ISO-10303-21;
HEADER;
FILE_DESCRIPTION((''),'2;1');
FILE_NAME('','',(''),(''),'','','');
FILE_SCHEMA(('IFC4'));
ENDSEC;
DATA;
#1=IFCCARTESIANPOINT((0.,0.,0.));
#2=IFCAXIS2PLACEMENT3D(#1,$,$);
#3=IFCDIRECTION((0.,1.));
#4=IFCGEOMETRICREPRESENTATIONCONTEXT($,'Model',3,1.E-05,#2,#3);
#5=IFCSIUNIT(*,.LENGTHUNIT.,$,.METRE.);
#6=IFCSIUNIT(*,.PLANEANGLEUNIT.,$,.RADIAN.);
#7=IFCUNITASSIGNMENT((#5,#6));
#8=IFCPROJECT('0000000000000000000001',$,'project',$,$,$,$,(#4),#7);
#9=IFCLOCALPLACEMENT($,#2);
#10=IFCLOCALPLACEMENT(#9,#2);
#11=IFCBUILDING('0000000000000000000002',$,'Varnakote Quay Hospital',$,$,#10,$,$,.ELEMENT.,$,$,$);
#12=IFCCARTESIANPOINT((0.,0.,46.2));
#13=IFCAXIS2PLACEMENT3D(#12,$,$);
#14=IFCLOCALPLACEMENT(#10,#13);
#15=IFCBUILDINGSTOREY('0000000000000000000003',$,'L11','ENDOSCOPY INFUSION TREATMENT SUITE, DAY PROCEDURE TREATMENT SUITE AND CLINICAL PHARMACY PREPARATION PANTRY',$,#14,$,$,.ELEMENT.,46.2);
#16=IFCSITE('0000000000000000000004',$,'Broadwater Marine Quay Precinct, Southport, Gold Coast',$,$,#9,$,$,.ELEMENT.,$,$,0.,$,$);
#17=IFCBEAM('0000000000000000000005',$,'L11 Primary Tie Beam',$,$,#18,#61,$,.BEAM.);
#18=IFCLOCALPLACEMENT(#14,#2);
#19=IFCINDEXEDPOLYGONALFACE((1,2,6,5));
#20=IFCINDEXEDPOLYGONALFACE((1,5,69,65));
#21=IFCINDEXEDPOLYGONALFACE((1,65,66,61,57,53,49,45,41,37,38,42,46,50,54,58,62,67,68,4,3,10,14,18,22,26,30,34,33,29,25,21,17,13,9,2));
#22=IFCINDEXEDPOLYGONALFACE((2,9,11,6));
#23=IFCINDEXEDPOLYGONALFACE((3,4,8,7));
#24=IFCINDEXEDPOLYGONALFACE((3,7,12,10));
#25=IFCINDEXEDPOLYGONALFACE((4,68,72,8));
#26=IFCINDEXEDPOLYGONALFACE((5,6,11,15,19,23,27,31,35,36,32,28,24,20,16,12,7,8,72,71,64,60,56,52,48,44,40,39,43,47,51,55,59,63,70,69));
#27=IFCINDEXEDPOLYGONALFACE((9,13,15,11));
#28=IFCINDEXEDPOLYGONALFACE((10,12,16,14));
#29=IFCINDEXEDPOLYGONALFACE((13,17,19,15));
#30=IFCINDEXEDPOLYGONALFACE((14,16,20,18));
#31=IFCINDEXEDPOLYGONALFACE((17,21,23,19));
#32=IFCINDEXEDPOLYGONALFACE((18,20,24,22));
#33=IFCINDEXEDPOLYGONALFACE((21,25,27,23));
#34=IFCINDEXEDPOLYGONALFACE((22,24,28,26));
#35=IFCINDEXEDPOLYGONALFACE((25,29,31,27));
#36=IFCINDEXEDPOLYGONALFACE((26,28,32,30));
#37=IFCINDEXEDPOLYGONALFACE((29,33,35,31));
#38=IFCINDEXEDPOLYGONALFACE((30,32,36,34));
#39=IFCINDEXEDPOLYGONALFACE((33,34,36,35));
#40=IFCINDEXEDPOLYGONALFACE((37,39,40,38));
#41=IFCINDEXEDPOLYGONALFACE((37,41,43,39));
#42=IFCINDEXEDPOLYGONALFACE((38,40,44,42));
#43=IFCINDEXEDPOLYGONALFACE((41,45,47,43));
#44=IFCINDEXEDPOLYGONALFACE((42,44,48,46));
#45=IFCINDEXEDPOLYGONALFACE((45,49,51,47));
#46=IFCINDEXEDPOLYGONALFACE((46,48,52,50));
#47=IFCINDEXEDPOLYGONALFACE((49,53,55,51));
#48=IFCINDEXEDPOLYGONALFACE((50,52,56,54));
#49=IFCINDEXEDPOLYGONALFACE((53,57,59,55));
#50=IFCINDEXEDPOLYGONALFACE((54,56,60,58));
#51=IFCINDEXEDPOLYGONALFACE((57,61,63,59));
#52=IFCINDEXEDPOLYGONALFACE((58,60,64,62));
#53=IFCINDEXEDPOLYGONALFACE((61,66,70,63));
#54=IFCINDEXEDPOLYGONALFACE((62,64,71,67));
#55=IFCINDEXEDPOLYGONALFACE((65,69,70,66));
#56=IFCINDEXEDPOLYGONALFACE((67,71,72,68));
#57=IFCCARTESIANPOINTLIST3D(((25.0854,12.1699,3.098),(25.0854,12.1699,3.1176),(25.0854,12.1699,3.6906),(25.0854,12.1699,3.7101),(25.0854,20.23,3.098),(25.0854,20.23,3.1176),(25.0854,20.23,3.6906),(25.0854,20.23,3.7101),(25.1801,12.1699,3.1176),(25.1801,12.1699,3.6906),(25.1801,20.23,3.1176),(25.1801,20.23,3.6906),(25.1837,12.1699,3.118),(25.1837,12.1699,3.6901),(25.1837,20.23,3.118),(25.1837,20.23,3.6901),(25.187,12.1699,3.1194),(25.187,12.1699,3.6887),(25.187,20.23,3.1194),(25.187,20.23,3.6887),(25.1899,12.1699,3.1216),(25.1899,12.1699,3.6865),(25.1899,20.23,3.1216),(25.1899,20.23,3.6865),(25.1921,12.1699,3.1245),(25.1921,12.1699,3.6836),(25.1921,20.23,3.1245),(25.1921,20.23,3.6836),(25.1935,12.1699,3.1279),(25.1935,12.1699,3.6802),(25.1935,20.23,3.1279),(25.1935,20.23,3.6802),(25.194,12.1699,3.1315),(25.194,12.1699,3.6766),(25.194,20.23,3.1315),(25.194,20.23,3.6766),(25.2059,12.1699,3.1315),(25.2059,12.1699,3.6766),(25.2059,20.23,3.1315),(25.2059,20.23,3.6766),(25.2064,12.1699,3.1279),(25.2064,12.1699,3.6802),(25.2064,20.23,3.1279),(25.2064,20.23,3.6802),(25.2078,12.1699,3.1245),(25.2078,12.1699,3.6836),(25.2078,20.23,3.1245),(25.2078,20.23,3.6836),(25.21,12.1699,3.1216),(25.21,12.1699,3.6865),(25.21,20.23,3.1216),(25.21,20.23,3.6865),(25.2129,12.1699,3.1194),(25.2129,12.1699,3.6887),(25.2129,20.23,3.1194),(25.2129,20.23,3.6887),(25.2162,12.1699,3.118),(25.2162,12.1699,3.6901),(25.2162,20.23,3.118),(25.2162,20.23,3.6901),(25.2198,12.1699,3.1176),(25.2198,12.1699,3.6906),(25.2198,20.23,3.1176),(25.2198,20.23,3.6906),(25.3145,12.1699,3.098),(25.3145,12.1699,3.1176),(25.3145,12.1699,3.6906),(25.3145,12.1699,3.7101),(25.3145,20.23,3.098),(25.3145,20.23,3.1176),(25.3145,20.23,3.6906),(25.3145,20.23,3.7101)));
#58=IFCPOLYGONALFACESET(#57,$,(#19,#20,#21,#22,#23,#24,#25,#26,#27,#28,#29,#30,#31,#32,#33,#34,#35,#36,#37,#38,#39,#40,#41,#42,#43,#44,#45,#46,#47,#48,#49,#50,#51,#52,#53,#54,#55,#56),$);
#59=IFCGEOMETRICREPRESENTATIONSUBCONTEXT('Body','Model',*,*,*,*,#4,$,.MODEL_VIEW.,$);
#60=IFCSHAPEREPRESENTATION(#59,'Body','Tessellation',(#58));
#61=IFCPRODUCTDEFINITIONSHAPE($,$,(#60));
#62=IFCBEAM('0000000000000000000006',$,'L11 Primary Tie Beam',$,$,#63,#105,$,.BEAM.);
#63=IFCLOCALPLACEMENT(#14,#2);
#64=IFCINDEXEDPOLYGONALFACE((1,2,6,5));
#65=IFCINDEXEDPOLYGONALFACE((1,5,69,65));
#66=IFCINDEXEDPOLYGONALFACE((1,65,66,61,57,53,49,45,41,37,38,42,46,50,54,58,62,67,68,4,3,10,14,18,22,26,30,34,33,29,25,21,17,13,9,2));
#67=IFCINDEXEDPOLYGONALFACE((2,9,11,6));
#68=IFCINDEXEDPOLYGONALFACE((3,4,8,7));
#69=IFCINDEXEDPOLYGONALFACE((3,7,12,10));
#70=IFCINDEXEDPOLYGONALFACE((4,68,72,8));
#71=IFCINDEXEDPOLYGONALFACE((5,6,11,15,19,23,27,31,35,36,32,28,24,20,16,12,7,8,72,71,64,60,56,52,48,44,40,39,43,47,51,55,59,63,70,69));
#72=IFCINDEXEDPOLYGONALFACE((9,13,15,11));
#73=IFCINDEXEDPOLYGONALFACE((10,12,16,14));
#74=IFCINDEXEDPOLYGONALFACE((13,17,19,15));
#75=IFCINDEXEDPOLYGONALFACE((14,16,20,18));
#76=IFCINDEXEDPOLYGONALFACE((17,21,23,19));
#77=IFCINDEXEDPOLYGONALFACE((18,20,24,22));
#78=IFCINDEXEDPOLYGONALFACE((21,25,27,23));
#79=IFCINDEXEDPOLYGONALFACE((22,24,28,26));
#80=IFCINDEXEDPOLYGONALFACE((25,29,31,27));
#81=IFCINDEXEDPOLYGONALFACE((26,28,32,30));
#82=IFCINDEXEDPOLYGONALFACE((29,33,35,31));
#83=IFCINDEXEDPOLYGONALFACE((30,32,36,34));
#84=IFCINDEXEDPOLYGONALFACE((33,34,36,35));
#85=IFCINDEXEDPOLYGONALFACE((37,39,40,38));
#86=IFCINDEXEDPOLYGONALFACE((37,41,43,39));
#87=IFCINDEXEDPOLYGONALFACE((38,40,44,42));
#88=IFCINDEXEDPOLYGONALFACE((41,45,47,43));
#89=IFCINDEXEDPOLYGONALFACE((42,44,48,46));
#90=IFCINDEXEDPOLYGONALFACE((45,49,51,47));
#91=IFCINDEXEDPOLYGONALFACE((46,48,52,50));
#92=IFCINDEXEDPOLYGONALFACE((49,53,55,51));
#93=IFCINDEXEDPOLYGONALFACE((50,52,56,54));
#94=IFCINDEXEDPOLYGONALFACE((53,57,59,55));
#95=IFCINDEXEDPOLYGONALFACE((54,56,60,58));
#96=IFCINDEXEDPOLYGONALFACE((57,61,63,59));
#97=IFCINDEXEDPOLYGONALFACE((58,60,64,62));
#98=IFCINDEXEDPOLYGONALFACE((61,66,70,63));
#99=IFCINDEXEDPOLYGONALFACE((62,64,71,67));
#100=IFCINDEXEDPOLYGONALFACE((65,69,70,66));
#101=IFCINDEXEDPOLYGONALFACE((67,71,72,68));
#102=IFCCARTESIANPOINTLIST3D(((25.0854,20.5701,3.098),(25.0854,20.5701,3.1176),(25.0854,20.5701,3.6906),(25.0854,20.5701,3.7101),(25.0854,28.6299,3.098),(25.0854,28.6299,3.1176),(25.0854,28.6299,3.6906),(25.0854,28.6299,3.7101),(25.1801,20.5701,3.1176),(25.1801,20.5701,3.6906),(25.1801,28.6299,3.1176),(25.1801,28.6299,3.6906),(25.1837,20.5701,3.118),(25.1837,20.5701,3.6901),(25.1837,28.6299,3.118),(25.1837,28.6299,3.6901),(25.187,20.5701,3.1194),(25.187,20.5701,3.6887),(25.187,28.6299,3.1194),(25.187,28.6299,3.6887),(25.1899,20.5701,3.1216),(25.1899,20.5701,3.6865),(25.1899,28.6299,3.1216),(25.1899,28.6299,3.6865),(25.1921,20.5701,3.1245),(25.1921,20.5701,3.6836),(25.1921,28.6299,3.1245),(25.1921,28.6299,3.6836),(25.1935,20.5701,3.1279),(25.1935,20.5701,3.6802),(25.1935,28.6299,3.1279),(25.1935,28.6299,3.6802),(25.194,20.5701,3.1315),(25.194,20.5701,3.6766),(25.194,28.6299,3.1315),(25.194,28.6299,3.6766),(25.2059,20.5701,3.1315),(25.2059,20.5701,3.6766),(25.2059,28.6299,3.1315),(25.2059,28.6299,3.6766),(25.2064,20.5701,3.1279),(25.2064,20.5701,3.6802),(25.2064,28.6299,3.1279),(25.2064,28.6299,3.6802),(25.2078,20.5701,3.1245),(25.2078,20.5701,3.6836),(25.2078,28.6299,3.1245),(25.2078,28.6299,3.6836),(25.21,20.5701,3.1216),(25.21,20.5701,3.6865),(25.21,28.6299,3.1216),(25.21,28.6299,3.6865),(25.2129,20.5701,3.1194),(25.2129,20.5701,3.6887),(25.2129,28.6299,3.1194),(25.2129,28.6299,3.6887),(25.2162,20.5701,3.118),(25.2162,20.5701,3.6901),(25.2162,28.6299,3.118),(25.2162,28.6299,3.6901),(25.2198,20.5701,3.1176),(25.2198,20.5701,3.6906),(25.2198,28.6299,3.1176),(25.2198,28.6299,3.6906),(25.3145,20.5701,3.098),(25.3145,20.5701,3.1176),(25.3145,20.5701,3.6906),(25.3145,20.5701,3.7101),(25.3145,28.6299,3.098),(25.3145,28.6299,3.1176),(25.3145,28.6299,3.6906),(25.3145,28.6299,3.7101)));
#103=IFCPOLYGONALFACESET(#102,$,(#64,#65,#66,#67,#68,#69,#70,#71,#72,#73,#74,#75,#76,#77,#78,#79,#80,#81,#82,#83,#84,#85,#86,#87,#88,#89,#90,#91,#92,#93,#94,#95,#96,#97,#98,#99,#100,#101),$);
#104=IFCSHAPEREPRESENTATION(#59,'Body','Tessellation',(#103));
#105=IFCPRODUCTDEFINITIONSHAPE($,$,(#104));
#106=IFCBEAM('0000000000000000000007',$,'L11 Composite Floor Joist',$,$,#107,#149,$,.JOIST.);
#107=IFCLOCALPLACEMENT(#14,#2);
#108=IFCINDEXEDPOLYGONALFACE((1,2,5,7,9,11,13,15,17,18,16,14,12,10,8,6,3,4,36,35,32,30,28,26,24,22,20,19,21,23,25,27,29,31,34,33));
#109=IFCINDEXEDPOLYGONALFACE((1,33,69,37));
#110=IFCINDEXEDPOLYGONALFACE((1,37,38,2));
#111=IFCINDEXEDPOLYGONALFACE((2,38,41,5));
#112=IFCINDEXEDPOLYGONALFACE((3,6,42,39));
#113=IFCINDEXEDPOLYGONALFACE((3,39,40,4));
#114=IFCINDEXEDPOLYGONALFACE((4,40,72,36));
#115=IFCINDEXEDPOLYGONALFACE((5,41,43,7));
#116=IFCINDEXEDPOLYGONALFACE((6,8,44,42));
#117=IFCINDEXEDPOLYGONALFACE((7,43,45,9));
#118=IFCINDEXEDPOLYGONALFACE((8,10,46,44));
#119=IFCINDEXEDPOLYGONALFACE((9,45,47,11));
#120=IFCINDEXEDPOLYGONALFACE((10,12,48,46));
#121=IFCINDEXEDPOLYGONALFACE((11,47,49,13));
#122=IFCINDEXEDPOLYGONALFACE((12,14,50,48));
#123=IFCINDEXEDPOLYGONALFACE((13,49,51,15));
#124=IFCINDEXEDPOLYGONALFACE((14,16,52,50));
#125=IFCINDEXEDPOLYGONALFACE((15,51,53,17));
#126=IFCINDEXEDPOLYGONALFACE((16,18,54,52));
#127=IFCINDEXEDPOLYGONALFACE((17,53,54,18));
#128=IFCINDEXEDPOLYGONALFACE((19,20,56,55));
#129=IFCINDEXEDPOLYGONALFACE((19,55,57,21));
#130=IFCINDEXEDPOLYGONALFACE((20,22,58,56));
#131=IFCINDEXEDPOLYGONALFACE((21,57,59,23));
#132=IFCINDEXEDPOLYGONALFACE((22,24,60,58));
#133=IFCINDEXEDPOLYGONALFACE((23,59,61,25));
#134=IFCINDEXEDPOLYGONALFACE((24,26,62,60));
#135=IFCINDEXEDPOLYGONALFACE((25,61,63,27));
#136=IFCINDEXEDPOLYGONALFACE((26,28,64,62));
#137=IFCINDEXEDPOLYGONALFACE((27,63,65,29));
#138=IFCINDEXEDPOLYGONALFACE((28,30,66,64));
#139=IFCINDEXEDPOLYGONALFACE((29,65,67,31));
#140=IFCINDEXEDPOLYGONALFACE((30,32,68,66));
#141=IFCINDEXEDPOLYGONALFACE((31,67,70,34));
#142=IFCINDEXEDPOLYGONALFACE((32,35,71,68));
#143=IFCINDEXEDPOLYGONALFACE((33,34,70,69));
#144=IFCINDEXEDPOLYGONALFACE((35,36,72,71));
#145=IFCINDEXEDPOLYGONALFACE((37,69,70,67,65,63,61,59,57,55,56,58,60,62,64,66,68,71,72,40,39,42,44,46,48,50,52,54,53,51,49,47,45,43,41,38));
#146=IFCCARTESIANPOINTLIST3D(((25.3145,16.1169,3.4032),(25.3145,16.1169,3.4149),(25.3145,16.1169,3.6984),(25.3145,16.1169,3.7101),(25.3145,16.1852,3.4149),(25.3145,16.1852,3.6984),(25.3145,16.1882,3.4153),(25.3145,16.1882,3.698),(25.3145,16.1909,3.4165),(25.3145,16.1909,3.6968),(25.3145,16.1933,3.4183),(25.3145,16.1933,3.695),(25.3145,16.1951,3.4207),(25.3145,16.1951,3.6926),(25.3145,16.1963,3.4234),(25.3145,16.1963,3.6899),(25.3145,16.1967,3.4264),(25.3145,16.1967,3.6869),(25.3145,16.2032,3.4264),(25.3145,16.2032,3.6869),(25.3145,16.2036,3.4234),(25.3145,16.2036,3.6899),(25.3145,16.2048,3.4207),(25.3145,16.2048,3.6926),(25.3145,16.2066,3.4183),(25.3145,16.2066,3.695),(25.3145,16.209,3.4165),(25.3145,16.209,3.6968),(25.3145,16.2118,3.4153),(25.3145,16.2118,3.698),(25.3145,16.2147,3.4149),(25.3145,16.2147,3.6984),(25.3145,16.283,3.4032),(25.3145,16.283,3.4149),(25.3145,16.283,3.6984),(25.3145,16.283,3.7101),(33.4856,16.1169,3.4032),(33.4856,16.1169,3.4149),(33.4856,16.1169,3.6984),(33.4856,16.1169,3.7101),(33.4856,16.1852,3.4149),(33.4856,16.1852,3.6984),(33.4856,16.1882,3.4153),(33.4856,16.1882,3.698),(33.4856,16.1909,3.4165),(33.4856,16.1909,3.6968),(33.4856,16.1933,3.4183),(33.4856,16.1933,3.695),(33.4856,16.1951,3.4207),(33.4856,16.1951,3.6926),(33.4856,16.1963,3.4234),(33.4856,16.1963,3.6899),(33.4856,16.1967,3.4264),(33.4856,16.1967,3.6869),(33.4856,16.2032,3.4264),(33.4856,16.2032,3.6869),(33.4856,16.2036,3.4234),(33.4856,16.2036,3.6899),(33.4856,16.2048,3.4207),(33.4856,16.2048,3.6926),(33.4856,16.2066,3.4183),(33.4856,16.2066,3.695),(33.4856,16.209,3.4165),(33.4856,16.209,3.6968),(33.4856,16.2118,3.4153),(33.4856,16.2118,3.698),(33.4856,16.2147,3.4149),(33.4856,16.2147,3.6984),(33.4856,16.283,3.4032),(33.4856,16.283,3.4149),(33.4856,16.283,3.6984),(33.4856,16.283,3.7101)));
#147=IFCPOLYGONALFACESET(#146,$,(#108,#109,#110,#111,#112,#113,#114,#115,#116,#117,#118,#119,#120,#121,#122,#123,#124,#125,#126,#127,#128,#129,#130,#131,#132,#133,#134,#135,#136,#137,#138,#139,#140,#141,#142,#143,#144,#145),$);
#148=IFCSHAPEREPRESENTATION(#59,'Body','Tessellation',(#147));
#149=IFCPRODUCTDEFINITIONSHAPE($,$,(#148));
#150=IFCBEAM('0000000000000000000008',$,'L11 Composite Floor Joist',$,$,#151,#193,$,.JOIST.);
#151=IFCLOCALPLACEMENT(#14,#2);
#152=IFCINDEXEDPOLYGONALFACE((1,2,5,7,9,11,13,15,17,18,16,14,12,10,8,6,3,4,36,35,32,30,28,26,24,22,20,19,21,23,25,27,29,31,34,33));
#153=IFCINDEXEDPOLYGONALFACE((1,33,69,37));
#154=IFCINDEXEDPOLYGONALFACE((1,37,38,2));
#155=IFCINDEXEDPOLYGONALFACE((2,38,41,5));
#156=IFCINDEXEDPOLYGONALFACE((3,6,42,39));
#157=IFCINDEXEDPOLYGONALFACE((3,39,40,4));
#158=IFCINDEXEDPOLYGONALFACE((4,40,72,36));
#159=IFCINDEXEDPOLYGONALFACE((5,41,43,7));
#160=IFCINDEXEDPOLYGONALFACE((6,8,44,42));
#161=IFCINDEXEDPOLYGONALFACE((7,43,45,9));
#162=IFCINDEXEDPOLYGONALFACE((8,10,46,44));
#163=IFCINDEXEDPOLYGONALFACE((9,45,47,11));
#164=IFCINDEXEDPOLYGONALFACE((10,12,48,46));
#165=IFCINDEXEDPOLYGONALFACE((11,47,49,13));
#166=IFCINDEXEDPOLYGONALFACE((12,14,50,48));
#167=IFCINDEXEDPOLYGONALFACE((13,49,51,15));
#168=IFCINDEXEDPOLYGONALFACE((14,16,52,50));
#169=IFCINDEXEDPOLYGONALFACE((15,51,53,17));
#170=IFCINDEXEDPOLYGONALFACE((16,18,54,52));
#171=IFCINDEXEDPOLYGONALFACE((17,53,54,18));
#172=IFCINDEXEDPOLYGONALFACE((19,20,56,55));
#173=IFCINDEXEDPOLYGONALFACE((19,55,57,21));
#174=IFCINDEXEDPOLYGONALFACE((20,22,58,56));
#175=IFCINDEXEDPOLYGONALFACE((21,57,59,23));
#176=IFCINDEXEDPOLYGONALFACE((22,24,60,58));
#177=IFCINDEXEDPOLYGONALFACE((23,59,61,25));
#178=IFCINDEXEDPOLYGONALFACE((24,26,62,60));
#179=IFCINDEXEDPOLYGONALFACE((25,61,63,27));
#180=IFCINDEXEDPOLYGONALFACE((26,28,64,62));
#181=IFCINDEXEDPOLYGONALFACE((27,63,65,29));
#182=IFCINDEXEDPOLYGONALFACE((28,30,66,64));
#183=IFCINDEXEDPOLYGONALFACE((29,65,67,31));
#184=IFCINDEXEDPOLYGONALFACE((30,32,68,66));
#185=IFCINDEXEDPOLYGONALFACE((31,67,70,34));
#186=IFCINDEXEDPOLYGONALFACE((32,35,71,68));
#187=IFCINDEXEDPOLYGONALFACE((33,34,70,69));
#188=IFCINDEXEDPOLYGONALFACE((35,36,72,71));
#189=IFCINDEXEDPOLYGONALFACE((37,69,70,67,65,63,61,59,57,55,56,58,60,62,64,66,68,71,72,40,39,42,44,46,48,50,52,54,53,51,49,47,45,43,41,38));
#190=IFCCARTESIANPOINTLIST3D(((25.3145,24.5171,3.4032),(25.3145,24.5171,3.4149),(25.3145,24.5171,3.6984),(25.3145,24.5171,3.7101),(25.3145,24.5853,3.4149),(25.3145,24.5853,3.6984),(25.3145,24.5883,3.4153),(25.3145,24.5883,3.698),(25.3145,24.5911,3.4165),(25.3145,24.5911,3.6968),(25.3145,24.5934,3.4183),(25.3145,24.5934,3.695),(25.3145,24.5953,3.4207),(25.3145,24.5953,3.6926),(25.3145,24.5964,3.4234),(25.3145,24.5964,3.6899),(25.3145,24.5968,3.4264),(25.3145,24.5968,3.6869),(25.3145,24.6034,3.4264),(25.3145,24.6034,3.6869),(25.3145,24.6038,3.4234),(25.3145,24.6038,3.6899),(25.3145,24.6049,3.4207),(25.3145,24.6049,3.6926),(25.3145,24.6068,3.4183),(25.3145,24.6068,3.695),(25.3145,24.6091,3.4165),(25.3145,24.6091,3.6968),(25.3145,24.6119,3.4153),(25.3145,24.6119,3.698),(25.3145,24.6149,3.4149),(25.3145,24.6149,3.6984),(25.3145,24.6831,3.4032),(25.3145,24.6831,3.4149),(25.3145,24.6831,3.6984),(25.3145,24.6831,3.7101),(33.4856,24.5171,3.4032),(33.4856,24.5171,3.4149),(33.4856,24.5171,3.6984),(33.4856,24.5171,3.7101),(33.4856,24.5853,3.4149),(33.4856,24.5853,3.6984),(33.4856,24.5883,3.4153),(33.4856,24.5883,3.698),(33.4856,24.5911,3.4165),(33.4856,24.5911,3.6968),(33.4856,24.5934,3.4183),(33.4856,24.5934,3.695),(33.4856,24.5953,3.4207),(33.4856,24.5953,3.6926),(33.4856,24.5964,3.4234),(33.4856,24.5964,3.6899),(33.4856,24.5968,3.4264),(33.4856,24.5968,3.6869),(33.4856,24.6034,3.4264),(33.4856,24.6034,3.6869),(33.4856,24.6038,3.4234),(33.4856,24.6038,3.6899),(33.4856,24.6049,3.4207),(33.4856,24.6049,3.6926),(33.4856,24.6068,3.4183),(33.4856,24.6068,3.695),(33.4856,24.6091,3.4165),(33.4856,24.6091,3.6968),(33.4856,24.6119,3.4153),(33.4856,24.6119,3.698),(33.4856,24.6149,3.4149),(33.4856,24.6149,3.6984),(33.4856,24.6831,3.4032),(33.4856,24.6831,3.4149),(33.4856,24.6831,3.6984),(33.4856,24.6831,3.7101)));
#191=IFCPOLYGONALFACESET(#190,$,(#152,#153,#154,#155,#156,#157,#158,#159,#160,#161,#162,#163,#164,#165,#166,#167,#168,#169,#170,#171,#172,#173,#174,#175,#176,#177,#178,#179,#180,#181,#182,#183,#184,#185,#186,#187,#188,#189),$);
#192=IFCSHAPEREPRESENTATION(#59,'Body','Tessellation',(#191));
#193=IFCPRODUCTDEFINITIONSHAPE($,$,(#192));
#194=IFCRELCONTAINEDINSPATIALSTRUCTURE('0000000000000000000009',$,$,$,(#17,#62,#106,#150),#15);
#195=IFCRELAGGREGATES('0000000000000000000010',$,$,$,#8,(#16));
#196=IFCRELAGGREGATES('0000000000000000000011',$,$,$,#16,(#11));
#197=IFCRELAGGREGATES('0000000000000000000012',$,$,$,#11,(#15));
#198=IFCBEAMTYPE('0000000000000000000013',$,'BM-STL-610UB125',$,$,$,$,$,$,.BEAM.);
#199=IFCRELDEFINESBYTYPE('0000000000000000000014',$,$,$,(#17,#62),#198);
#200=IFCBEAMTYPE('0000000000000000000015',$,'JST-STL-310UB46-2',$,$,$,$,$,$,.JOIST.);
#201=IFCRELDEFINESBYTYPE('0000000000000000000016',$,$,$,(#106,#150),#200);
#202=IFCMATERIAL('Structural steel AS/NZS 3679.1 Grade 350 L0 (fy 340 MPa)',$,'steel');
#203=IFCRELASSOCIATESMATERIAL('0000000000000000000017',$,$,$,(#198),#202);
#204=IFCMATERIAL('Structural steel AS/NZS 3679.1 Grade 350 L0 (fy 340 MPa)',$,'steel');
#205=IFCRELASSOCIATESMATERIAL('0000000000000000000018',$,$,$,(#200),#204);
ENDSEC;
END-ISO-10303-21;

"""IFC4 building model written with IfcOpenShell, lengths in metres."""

from ifc_helpers import new_model, si_unit, direction, frame, origin, origin_2d, place, context, subcontext, project, spatial, i_section, extrude, material, material_profile, profile_set, type_object, element, save


model = new_model("IFC4")

# Units and contexts
model_context = context("Model", 3, precision=1e-05, world=origin(), true_north=direction((0.0, 1.0)))
body_context = subcontext(model_context, "Body", "Model", "MODEL_VIEW")
ifc_project = project(units=[si_unit("LENGTHUNIT", "METRE"), si_unit("PLANEANGLEUNIT", "RADIAN")], contexts=[model_context])

# Site, building, storey
site_placement = place(None, origin())
site = spatial("IfcSite", under=ifc_project, at=site_placement, Name="Broadwater Marine Quay Precinct, Southport, Gold Coast", CompositionType="ELEMENT", RefElevation=0.0)
building_placement = place(site_placement, origin())
building = spatial("IfcBuilding", under=site, at=building_placement, Name="Varnakote Quay Hospital", CompositionType="ELEMENT")
storey_placement = place(building_placement, frame((0.0, 0.0, 46.2)))
storey = spatial("IfcBuildingStorey", under=building, at=storey_placement, Name="L11", Description="ENDOSCOPY INFUSION TREATMENT SUITE, DAY PROCEDURE TREATMENT SUITE AND CLINICAL PHARMACY PREPARATION PANTRY", CompositionType="ELEMENT", Elevation=46.2)

# Beams
ifc_material_1 = material(Name="Structural steel AS/NZS 3679.1 Grade 350 L0 (fy 340 MPa)", Category="steel")
ifc_material_profile_1 = material_profile(ifc_material_1, i_section(OverallWidth=0.229, OverallDepth=0.6121, WebThickness=0.012, FlangeThickness=0.0195, FilletRadius=0.0139, at=origin_2d()), Name="610UB125")
ifc_profile_set_1 = profile_set([ifc_material_profile_1], Name="Structural steel AS/NZS 3679.1 Grade 350 L0 (fy 340 MPa)")
beam_type_1 = type_object("IfcBeamType", Name="BM-STL-610UB125", PredefinedType="BEAM", material=ifc_profile_set_1)
beam_1_placement = place(storey_placement, frame((25.2, 12.1699, 3.4041), z_axis=(0.0, 1.0, 0.0), x_axis=(-1.0, 0.0, 0.0)))
element("IfcBeam", 1, at=beam_1_placement, inside=storey, type_object=beam_type_1, Name="L11 Primary Tie Beam", PredefinedType="BEAM", context=body_context, shape_type="SweptSolid", body=[
    extrude(i_section(OverallWidth=0.229, OverallDepth=0.6121, WebThickness=0.012, FlangeThickness=0.0195, FilletRadius=0.0139, at=origin_2d()), origin(), (0.0, 0.0, 1.0), 8.0601),
])
beam_2_placement = place(storey_placement, frame((25.2, 20.5701, 3.4041), z_axis=(0.0, 1.0, 0.0), x_axis=(-1.0, 0.0, 0.0)))
element("IfcBeam", 2, at=beam_2_placement, inside=storey, type_object=beam_type_1, Name="L11 Primary Tie Beam", PredefinedType="BEAM", context=body_context, shape_type="SweptSolid", body=[
    extrude(i_section(OverallWidth=0.229, OverallDepth=0.6121, WebThickness=0.012, FlangeThickness=0.0195, FilletRadius=0.0139, at=origin_2d()), origin(), (0.0, 0.0, 1.0), 8.0598),
])
ifc_material_2 = material(Name="Structural steel AS/NZS 3679.1 Grade 350 L0 (fy 340 MPa)", Category="steel")
ifc_material_profile_2 = material_profile(ifc_material_2, i_section(OverallWidth=0.166, OverallDepth=0.3069, WebThickness=0.0066, FlangeThickness=0.0117, FilletRadius=0.0115, at=origin_2d()), Name="310UB46.2")
ifc_profile_set_2 = profile_set([ifc_material_profile_2], Name="Structural steel AS/NZS 3679.1 Grade 350 L0 (fy 340 MPa)")
beam_type_2 = type_object("IfcBeamType", Name="JST-STL-310UB46-2", PredefinedType="JOIST", material=ifc_profile_set_2)
for number, where, z_axis, x_axis, name in (
    (3, (25.3145, 16.2, 3.5566), (1.0, 0.0, 0.0), (0.0, 1.0, 0.0), "L11 Composite Floor Joist"),
    (4, (25.3145, 24.6001, 3.5566), (1.0, 0.0, 0.0), (0.0, 1.0, 0.0), "L11 Composite Floor Joist"),
):
    element("IfcBeam", number, at=place(storey_placement, frame(where, z_axis=z_axis, x_axis=x_axis)), inside=storey, type_object=beam_type_2, Name=name, PredefinedType="JOIST", context=body_context, shape_type="SweptSolid", body=[
        extrude(i_section(OverallWidth=0.166, OverallDepth=0.3069, WebThickness=0.0066, FlangeThickness=0.0117, FilletRadius=0.0115, at=origin_2d()), origin(), (0.0, 0.0, 1.0), 8.1711),
    ])

save(model, "model.ifc")
